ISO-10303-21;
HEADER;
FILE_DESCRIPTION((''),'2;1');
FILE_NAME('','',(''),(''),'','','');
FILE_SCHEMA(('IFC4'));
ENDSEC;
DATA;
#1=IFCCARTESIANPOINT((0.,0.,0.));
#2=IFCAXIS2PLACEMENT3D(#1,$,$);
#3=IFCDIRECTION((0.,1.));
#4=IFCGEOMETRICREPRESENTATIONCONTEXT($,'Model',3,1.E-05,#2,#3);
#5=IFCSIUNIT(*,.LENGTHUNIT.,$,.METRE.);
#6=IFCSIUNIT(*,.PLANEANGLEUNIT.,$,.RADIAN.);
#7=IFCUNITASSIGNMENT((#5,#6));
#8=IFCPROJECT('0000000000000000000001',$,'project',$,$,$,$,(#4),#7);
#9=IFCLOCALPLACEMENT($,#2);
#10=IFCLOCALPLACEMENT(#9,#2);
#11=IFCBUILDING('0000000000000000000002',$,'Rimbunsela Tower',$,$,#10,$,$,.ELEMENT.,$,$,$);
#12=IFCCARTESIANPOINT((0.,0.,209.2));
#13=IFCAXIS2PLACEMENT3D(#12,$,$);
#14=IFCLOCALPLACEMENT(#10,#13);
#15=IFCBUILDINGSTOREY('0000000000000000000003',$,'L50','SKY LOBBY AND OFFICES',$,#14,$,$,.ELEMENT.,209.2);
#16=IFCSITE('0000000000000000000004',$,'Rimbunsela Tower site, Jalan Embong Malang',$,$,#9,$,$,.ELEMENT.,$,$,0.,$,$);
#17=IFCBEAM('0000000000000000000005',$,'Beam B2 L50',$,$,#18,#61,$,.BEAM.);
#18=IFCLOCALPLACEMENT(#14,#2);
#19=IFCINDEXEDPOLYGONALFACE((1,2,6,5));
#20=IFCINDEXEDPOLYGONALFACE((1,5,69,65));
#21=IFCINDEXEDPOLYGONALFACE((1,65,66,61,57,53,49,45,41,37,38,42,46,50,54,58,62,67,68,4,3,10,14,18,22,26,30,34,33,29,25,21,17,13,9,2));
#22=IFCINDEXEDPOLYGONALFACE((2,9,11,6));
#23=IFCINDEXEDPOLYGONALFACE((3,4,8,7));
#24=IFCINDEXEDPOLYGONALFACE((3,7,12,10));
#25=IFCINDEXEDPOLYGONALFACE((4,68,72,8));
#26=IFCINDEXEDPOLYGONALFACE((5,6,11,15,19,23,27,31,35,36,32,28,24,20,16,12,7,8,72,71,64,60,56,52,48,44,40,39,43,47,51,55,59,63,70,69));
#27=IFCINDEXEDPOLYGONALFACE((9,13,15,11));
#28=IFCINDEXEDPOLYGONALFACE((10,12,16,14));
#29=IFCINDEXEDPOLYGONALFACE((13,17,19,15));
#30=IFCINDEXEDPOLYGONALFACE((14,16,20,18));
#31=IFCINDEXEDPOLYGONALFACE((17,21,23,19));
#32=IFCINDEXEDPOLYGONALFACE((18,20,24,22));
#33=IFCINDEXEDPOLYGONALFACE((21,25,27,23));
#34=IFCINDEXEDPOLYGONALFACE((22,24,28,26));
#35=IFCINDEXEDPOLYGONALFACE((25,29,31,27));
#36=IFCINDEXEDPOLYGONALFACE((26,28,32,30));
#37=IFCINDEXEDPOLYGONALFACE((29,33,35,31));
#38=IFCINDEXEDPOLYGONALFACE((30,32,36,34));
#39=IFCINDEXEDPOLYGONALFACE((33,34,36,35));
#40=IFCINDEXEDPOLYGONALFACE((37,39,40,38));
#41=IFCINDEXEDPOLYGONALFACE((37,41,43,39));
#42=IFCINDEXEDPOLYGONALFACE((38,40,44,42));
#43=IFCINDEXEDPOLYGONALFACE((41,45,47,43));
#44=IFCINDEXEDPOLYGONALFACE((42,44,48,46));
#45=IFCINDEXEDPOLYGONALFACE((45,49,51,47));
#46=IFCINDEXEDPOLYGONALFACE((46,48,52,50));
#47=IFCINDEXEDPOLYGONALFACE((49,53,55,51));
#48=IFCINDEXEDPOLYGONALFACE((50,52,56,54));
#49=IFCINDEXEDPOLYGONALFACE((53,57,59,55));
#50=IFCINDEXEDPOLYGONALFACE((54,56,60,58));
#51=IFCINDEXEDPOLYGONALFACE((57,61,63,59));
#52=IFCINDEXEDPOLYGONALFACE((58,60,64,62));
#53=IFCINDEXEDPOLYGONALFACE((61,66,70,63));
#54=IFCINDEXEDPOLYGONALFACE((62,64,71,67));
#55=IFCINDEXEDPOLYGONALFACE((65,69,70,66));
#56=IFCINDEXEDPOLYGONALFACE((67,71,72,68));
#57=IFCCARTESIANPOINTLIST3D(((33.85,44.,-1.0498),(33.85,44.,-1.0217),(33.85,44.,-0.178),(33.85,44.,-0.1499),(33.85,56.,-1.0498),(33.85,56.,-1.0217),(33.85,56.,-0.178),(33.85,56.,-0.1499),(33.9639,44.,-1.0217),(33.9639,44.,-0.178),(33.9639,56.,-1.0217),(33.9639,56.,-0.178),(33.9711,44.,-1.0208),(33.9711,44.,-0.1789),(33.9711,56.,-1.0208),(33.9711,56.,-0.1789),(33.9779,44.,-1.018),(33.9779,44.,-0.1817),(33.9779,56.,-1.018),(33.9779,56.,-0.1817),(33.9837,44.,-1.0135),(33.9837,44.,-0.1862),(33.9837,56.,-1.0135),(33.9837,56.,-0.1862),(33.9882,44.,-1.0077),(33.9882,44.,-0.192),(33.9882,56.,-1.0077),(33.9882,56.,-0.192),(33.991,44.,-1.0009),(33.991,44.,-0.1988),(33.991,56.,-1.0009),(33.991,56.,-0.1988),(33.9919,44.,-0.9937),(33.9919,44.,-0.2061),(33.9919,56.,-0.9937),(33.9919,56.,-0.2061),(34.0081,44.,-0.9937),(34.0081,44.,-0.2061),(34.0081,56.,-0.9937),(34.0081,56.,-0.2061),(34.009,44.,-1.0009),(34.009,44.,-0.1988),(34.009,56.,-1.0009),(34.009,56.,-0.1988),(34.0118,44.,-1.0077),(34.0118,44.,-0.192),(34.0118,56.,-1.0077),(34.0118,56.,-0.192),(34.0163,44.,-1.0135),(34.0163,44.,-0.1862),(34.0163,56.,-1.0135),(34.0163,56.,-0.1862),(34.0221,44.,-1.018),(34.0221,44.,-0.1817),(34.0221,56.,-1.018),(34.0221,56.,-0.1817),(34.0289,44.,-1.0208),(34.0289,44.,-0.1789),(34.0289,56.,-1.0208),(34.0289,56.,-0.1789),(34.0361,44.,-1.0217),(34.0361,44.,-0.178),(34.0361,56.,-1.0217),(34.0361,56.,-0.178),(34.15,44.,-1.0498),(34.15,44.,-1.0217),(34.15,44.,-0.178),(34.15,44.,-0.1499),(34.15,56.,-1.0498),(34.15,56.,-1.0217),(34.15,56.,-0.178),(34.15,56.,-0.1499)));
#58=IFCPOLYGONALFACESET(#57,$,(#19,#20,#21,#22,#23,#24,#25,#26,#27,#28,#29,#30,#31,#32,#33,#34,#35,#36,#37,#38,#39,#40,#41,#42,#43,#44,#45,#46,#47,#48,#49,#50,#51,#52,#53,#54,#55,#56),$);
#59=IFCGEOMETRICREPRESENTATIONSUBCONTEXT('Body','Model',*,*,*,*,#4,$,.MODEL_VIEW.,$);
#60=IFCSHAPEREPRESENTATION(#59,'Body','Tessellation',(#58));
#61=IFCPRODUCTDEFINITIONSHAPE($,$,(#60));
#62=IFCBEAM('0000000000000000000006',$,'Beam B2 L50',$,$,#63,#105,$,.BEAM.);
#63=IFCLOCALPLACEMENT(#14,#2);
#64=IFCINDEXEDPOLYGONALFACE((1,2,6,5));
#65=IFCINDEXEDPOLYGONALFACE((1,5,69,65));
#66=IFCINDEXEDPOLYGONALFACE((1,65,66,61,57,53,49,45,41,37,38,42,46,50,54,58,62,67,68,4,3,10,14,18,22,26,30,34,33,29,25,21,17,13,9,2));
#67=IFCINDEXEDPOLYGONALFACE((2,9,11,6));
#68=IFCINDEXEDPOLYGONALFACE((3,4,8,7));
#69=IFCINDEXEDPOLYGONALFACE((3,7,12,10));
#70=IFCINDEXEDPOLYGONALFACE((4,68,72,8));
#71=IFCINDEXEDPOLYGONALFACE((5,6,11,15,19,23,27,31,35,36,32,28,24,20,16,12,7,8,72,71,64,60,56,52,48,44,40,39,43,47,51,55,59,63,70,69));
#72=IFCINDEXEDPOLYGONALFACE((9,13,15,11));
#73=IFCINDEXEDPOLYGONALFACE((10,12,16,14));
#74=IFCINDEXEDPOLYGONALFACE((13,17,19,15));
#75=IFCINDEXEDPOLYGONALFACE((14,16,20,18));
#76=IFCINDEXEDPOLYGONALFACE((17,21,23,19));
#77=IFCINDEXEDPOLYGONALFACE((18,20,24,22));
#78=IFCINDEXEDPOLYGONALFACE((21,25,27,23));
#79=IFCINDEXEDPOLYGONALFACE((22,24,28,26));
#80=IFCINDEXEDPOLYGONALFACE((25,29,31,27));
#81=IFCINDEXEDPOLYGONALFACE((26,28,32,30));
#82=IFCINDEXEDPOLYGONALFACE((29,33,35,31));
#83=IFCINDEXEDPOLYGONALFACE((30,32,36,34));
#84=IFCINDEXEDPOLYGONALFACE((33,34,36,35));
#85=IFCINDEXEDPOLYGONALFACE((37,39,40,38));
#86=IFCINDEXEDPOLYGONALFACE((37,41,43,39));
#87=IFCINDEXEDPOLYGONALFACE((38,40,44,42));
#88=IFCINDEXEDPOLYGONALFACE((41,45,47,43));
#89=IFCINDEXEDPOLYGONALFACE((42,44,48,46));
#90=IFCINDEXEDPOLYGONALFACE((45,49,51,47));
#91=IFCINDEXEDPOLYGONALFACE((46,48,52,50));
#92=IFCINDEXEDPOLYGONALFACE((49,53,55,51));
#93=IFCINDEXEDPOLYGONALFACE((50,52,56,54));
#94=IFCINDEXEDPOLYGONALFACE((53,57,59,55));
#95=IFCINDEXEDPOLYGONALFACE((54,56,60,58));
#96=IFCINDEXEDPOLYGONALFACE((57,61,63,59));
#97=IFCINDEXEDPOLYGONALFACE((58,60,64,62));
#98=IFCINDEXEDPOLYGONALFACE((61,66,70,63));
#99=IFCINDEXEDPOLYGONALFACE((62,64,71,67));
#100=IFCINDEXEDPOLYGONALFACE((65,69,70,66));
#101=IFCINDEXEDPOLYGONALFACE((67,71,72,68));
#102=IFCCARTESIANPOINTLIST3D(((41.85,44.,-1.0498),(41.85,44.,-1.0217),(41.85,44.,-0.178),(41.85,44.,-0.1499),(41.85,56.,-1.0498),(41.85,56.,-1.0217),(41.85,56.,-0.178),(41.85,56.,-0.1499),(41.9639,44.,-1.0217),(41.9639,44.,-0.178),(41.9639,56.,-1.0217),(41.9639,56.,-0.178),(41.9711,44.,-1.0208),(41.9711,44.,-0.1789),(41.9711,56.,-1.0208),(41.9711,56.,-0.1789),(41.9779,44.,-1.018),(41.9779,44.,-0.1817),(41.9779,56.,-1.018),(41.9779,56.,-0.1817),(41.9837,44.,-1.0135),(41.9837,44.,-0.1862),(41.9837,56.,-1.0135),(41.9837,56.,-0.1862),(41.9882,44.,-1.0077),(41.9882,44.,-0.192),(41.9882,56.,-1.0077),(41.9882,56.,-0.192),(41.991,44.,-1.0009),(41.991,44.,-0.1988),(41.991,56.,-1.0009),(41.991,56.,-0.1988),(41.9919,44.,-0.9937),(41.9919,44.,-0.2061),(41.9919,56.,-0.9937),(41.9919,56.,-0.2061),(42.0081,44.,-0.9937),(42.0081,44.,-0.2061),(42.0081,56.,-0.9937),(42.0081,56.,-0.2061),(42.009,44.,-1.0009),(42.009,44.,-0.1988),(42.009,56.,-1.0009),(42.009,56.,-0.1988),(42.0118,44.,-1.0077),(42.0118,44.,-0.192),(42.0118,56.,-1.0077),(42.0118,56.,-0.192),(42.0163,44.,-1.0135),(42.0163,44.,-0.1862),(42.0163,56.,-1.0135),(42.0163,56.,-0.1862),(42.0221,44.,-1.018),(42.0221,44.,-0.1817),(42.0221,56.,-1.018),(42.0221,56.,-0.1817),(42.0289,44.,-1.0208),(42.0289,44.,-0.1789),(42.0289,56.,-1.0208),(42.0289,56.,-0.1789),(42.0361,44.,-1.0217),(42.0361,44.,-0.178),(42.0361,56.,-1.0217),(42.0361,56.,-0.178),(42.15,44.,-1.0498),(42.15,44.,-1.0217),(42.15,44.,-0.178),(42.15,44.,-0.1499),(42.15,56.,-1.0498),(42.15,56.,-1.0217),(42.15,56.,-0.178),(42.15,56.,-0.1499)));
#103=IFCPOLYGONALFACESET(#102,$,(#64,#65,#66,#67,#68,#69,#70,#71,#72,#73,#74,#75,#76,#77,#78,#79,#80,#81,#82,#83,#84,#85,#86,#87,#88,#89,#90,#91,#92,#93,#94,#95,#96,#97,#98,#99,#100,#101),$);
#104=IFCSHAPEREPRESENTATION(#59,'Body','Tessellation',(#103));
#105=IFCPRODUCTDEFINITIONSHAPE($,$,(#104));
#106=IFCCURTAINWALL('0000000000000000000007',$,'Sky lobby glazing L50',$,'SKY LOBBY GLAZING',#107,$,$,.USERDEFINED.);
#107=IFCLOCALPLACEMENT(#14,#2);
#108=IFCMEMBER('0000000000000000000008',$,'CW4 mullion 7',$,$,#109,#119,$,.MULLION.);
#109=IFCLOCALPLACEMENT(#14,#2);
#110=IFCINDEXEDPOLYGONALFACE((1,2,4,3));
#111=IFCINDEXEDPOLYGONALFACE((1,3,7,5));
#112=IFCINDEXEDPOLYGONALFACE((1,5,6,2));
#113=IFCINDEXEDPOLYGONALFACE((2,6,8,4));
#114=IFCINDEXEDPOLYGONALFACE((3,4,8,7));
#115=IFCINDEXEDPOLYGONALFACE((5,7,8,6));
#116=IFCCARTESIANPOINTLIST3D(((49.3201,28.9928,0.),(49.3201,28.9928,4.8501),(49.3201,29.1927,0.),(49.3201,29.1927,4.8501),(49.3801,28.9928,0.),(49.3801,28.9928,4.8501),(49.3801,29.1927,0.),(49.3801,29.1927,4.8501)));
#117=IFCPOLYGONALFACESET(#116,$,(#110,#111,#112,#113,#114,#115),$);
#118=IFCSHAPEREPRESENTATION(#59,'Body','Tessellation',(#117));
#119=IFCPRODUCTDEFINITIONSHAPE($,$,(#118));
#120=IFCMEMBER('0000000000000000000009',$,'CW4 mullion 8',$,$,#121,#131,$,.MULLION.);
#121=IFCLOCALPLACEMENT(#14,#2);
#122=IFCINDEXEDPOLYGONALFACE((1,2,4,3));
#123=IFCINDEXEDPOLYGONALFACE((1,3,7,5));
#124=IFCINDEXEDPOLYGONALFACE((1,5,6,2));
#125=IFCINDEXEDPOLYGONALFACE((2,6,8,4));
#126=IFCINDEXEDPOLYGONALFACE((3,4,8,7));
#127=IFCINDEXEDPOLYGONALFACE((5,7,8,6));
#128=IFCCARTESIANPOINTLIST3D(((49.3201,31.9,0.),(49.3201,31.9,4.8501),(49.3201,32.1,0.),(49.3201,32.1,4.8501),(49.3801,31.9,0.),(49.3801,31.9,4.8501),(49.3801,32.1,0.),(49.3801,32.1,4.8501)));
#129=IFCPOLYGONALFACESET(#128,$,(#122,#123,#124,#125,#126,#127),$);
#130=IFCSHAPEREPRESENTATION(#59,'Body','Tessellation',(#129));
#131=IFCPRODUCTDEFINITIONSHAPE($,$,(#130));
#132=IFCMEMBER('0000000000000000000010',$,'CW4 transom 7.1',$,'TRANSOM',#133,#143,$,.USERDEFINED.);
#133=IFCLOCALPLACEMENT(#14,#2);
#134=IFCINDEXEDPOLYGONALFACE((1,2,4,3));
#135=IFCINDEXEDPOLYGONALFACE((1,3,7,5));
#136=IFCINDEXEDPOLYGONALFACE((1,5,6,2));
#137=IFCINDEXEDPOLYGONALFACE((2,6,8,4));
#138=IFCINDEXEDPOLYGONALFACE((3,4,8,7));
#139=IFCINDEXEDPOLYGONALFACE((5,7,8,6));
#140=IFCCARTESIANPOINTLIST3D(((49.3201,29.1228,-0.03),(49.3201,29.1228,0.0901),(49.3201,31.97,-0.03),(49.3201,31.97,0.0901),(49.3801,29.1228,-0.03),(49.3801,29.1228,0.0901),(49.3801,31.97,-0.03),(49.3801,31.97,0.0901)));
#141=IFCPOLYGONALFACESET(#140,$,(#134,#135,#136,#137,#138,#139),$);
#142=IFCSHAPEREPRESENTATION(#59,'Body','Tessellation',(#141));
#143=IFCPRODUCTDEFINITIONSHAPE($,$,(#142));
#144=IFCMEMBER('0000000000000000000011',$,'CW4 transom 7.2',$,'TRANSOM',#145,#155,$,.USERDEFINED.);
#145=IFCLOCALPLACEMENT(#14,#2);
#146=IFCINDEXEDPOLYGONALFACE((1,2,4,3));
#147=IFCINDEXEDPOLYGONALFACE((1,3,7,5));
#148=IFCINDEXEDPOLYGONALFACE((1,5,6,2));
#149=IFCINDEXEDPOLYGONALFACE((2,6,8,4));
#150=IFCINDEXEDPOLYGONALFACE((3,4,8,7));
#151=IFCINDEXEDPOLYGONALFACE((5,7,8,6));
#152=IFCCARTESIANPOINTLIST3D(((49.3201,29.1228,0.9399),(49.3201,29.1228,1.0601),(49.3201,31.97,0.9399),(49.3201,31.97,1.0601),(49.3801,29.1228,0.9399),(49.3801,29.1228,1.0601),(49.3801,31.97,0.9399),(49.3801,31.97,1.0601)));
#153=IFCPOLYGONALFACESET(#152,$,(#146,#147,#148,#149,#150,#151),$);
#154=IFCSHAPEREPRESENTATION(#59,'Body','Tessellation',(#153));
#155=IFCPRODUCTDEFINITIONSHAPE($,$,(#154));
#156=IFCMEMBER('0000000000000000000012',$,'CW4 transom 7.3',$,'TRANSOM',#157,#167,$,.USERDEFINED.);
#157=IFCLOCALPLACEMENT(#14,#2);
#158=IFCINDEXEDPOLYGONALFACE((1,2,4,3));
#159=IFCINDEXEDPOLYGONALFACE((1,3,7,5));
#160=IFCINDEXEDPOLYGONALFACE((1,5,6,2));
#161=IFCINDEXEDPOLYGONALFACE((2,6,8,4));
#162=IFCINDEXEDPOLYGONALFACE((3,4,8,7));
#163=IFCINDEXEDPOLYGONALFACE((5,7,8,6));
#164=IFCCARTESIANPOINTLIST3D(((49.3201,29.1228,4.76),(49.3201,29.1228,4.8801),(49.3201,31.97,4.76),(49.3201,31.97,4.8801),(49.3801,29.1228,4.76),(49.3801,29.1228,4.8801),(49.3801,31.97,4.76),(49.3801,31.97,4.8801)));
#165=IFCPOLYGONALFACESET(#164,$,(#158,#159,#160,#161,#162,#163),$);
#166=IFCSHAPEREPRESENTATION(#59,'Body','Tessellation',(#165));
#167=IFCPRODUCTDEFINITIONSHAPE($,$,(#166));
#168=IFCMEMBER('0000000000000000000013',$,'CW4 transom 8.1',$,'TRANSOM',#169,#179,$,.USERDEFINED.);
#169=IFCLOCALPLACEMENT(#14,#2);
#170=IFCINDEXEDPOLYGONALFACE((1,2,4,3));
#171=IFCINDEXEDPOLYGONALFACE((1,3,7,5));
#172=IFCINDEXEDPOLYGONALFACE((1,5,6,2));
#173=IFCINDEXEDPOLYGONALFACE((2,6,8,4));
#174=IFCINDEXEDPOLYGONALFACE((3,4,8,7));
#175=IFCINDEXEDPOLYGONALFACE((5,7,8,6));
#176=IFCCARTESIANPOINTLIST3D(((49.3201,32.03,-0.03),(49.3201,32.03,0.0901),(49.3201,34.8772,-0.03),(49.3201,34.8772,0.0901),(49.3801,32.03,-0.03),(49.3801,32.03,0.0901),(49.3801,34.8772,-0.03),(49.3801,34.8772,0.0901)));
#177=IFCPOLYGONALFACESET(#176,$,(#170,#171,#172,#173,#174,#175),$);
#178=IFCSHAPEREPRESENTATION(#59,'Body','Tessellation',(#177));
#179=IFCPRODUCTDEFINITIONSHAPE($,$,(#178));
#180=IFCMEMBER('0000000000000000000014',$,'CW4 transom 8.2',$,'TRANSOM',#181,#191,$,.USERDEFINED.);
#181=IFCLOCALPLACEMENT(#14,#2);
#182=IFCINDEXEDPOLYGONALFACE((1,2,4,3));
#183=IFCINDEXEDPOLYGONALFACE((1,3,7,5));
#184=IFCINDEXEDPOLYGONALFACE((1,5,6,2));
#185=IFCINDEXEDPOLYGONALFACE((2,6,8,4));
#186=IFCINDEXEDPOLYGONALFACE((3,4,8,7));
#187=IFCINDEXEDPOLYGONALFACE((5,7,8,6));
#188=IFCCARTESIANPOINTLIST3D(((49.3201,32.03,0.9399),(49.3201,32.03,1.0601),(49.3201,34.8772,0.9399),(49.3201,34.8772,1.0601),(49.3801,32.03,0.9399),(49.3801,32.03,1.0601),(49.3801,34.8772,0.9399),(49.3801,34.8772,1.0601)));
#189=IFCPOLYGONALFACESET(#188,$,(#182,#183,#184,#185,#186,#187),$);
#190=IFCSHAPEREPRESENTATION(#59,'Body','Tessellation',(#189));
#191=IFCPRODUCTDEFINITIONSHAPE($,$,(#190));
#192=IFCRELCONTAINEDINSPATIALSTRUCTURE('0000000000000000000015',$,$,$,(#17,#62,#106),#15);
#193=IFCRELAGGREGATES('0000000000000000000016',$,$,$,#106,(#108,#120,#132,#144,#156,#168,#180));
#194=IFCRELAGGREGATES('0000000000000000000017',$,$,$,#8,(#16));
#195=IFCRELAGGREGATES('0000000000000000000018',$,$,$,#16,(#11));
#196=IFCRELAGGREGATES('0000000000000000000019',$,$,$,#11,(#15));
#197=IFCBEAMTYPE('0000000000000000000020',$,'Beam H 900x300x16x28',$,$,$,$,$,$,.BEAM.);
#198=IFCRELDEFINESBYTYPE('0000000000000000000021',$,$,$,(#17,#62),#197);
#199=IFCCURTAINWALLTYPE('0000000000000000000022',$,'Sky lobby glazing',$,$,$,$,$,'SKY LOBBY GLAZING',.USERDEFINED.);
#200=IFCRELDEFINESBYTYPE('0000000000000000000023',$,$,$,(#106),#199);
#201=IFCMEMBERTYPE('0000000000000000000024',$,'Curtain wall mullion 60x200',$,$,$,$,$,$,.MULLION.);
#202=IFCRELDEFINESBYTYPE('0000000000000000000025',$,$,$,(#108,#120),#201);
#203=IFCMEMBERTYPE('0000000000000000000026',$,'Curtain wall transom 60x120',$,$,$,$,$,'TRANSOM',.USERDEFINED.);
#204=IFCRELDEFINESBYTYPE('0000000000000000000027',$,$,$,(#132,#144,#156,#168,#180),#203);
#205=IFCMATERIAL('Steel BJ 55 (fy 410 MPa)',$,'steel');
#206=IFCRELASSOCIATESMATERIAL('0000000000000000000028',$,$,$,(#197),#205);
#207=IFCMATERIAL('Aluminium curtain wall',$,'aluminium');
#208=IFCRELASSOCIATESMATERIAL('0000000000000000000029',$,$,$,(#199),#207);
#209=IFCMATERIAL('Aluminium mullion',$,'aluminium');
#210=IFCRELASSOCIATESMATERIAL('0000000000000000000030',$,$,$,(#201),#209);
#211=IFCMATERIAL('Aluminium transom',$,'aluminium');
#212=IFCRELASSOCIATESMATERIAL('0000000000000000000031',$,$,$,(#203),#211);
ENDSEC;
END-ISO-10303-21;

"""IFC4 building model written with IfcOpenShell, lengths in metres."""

from ifc_helpers import new_model, si_unit, direction, frame, origin, origin_2d, place, context, subcontext, project, spatial, rectangle, i_section, extrude, material, material_profile, profile_set, type_object, element, aggregate, save


model = new_model("IFC4")

# Units and contexts
model_context = context("Model", 3, precision=1e-05, world=origin(), true_north=direction((0.0, 1.0)))
body_context = subcontext(model_context, "Body", "Model", "MODEL_VIEW")
ifc_project = project(units=[si_unit("LENGTHUNIT", "METRE"), si_unit("PLANEANGLEUNIT", "RADIAN")], contexts=[model_context])

# Site, building, storey
site_placement = place(None, origin())
site = spatial("IfcSite", under=ifc_project, at=site_placement, Name="Rimbunsela Tower site, Jalan Embong Malang", CompositionType="ELEMENT", RefElevation=0.0)
building_placement = place(site_placement, origin())
building = spatial("IfcBuilding", under=site, at=building_placement, Name="Rimbunsela Tower", CompositionType="ELEMENT")
storey_placement = place(building_placement, frame((0.0, 0.0, 209.2)))
storey = spatial("IfcBuildingStorey", under=building, at=storey_placement, Name="L50", Description="SKY LOBBY AND OFFICES", CompositionType="ELEMENT", Elevation=209.2)

# Beams
ifc_material_1 = material(Name="Steel BJ 55 (fy 410 MPa)", Category="steel")
ifc_material_profile_1 = material_profile(ifc_material_1, i_section(OverallWidth=0.3, OverallDepth=0.8999, WebThickness=0.0161, FlangeThickness=0.0281, FilletRadius=0.0281, at=origin_2d()), Name="H 900x300x16x28")
ifc_profile_set_1 = profile_set([ifc_material_profile_1], Name="Steel BJ 55 (fy 410 MPa)")
beam_type_1 = type_object("IfcBeamType", Name="Beam H 900x300x16x28", PredefinedType="BEAM", material=ifc_profile_set_1)
for number, where, z_axis, x_axis, name in (
    (1, (34.0, 44.0, -0.5999), (0.0, 1.0, 0.0), (-1.0, 0.0, 0.0), "Beam B2 L50"),
    (2, (42.0, 44.0, -0.5999), (0.0, 1.0, 0.0), (-1.0, 0.0, 0.0), "Beam B2 L50"),
):
    element("IfcBeam", number, at=place(storey_placement, frame(where, z_axis=z_axis, x_axis=x_axis)), inside=storey, type_object=beam_type_1, Name=name, PredefinedType="BEAM", context=body_context, shape_type="SweptSolid", body=[
        extrude(i_section(OverallWidth=0.3, OverallDepth=0.8999, WebThickness=0.0161, FlangeThickness=0.0281, FilletRadius=0.0281, at=origin_2d()), origin(), (0.0, 0.0, 1.0), 12.0),
    ])

# Curtain wall, members
ifc_material_2 = material(Name="Aluminium curtain wall", Category="aluminium")
curtain_wall_type = type_object("IfcCurtainWallType", Name="Sky lobby glazing", ElementType="SKY LOBBY GLAZING", PredefinedType="USERDEFINED", material=ifc_material_2)
curtain_wall_placement = place(storey_placement, origin())
curtain_wall = element("IfcCurtainWall", 3, at=curtain_wall_placement, inside=storey, type_object=curtain_wall_type, Name="Sky lobby glazing L50", ObjectType="SKY LOBBY GLAZING", PredefinedType="USERDEFINED")
ifc_material_3 = material(Name="Aluminium mullion", Category="aluminium")
ifc_material_profile_2 = material_profile(ifc_material_3, rectangle(XDim=0.0601, YDim=0.2, at=origin_2d()), Name="Mullion 60x200")
ifc_profile_set_2 = profile_set([ifc_material_profile_2], Name="Aluminium mullion")
member_type_1 = type_object("IfcMemberType", Name="Curtain wall mullion 60x200", PredefinedType="MULLION", material=ifc_profile_set_2)
member_1_placement = place(storey_placement, frame((49.3501, 29.0928, 0.0), z_axis=(0.0, 0.0, 1.0), x_axis=(-1.0, 0.0, 0.0)))
member_1 = element("IfcMember", 4, at=member_1_placement, type_object=member_type_1, Name="CW4 mullion 7", PredefinedType="MULLION", context=body_context, shape_type="SweptSolid", body=[
    extrude(rectangle(XDim=0.0601, YDim=0.2, at=origin_2d()), origin(), (0.0, 0.0, 1.0), 4.8501),
])
member_2_placement = place(storey_placement, frame((49.3501, 32.0, 0.0), z_axis=(0.0, 0.0, 1.0), x_axis=(-1.0, 0.0, 0.0)))
member_2 = element("IfcMember", 5, at=member_2_placement, type_object=member_type_1, Name="CW4 mullion 8", PredefinedType="MULLION", context=body_context, shape_type="SweptSolid", body=[
    extrude(rectangle(XDim=0.0601, YDim=0.2, at=origin_2d()), origin(), (0.0, 0.0, 1.0), 4.8501),
])
ifc_material_4 = material(Name="Aluminium transom", Category="aluminium")
ifc_material_profile_3 = material_profile(ifc_material_4, rectangle(XDim=0.0601, YDim=0.1201, at=origin_2d()), Name="Transom 60x120")
ifc_profile_set_3 = profile_set([ifc_material_profile_3], Name="Aluminium transom")
member_type_2 = type_object("IfcMemberType", Name="Curtain wall transom 60x120", ElementType="TRANSOM", PredefinedType="USERDEFINED", material=ifc_profile_set_3)
member_3_placement = place(storey_placement, frame((49.3501, 29.1228, 0.03), z_axis=(0.0, 1.0, 0.0), x_axis=(-1.0, 0.0, 0.0)))
member_3 = element("IfcMember", 6, at=member_3_placement, type_object=member_type_2, Name="CW4 transom 7.1", ObjectType="TRANSOM", PredefinedType="USERDEFINED", context=body_context, shape_type="SweptSolid", body=[
    extrude(rectangle(XDim=0.0601, YDim=0.1201, at=origin_2d()), origin(), (0.0, 0.0, 1.0), 2.8472),
])
member_4_placement = place(storey_placement, frame((49.3501, 29.1228, 1.0), z_axis=(0.0, 1.0, 0.0), x_axis=(-1.0, 0.0, 0.0)))
member_4 = element("IfcMember", 7, at=member_4_placement, type_object=member_type_2, Name="CW4 transom 7.2", ObjectType="TRANSOM", PredefinedType="USERDEFINED", context=body_context, shape_type="SweptSolid", body=[
    extrude(rectangle(XDim=0.0601, YDim=0.1201, at=origin_2d()), origin(), (0.0, 0.0, 1.0), 2.8472),
])
member_5_placement = place(storey_placement, frame((49.3501, 29.1228, 4.8201), z_axis=(0.0, 1.0, 0.0), x_axis=(-1.0, 0.0, 0.0)))
member_5 = element("IfcMember", 8, at=member_5_placement, type_object=member_type_2, Name="CW4 transom 7.3", ObjectType="TRANSOM", PredefinedType="USERDEFINED", context=body_context, shape_type="SweptSolid", body=[
    extrude(rectangle(XDim=0.0601, YDim=0.1201, at=origin_2d()), origin(), (0.0, 0.0, 1.0), 2.8472),
])
member_6_placement = place(storey_placement, frame((49.3501, 32.03, 0.03), z_axis=(0.0, 1.0, 0.0), x_axis=(-1.0, 0.0, 0.0)))
member_6 = element("IfcMember", 9, at=member_6_placement, type_object=member_type_2, Name="CW4 transom 8.1", ObjectType="TRANSOM", PredefinedType="USERDEFINED", context=body_context, shape_type="SweptSolid", body=[
    extrude(rectangle(XDim=0.0601, YDim=0.1201, at=origin_2d()), origin(), (0.0, 0.0, 1.0), 2.8472),
])
member_7_placement = place(storey_placement, frame((49.3501, 32.03, 1.0), z_axis=(0.0, 1.0, 0.0), x_axis=(-1.0, 0.0, 0.0)))
member_7 = element("IfcMember", 10, at=member_7_placement, type_object=member_type_2, Name="CW4 transom 8.2", ObjectType="TRANSOM", PredefinedType="USERDEFINED", context=body_context, shape_type="SweptSolid", body=[
    extrude(rectangle(XDim=0.0601, YDim=0.1201, at=origin_2d()), origin(), (0.0, 0.0, 1.0), 2.8472),
])
aggregate(curtain_wall, [member_1, member_2, member_3, member_4, member_5, member_6, member_7])

save(model, "model.ifc")
